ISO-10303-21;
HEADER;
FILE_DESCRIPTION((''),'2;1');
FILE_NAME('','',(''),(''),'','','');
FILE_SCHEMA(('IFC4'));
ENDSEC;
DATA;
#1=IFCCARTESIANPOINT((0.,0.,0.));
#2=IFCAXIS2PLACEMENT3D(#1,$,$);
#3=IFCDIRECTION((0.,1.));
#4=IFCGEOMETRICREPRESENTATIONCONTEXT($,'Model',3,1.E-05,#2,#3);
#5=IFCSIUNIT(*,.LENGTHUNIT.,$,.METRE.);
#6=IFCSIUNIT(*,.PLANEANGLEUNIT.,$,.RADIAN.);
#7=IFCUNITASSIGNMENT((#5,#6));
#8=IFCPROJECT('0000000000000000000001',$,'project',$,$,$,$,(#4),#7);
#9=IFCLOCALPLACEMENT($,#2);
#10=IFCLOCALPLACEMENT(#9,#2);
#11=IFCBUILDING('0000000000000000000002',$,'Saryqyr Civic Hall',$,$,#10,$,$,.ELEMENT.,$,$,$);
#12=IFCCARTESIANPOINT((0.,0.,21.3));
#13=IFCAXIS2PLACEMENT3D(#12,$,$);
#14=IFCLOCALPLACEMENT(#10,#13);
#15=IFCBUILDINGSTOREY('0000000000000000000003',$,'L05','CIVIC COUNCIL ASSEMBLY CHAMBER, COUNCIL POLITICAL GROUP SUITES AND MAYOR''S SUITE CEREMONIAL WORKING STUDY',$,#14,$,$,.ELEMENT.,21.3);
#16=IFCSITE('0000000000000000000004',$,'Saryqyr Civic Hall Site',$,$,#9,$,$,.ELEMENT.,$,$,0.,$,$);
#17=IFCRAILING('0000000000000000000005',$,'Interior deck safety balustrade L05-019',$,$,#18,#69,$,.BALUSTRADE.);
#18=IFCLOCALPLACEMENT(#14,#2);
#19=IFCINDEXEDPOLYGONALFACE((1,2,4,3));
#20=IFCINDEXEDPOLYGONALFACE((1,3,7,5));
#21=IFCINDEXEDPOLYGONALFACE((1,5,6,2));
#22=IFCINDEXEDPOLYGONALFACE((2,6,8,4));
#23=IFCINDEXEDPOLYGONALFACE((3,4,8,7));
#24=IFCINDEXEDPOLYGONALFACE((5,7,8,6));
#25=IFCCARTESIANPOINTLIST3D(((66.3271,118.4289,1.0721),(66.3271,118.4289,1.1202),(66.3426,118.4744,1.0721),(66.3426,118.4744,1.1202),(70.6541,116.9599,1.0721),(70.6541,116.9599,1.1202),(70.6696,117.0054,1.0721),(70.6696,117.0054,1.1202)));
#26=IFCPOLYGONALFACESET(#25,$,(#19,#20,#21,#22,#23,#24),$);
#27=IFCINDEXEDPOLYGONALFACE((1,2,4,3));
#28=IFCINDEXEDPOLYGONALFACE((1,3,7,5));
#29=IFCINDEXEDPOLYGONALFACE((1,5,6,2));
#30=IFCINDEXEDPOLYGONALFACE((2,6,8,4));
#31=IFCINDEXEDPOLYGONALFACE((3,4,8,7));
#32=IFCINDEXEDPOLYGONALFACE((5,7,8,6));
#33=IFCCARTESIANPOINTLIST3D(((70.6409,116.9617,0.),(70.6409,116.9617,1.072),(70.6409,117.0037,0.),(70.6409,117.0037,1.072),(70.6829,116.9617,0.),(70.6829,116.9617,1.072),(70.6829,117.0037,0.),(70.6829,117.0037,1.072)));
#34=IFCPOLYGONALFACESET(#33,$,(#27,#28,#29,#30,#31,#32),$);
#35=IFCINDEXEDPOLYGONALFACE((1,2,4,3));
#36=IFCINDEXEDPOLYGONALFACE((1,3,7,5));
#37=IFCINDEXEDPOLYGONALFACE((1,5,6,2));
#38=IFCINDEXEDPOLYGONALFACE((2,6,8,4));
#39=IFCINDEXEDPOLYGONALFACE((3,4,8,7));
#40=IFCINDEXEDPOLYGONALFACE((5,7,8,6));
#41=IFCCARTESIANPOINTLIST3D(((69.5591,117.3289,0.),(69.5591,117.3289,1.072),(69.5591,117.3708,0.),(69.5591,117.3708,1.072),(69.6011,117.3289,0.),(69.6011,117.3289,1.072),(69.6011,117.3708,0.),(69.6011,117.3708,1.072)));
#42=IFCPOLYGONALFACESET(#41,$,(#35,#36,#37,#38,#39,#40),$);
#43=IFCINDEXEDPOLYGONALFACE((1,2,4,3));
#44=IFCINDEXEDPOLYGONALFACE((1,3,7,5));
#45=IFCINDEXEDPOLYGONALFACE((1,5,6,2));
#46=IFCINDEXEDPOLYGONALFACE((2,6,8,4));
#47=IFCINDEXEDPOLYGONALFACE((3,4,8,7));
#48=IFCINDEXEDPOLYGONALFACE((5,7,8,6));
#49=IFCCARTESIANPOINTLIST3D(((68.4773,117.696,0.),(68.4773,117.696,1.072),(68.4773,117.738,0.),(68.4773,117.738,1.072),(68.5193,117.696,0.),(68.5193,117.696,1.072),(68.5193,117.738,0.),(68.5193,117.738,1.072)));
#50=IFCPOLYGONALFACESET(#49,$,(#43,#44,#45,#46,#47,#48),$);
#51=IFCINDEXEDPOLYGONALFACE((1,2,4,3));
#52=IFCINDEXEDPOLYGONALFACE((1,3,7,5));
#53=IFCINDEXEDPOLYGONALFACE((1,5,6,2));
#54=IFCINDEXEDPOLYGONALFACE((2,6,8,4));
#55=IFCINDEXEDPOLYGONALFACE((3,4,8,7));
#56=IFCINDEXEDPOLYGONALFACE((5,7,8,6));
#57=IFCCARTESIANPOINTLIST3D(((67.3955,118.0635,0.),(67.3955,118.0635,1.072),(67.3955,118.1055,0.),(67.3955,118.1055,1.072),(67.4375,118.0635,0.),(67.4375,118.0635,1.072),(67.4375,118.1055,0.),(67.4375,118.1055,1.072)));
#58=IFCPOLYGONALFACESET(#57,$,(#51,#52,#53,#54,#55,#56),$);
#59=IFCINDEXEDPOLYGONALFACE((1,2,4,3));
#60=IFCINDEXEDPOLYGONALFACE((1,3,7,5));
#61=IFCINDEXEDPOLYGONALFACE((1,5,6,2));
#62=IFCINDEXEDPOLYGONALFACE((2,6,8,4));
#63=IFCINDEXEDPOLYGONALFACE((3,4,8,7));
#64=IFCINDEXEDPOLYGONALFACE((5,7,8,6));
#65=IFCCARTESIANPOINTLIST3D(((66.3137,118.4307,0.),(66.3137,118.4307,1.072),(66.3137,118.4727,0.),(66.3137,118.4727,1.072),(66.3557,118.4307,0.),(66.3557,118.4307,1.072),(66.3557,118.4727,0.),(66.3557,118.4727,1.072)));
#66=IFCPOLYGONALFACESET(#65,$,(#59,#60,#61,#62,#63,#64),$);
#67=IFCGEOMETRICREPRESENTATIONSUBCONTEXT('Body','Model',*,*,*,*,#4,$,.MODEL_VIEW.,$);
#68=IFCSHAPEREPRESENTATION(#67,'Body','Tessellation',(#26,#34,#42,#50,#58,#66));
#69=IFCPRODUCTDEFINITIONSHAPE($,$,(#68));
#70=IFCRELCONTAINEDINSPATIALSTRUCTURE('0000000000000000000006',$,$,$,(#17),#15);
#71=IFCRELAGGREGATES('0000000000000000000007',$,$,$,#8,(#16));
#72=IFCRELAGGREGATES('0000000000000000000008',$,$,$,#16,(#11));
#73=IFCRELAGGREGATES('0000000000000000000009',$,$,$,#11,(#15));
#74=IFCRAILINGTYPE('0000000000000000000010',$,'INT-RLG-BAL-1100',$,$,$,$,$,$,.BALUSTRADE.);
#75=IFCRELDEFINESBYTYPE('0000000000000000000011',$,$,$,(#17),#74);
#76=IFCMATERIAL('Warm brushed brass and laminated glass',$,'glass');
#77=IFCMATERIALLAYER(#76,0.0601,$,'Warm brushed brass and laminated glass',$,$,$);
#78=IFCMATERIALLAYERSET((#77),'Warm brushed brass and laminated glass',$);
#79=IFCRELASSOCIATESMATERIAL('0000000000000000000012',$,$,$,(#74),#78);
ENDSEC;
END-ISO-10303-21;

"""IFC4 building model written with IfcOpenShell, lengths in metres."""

from ifc_helpers import new_model, si_unit, direction, frame, origin, origin_2d, place, context, subcontext, project, spatial, rectangle, extrude, material, layer, layer_set, type_object, element, save


model = new_model("IFC4")

# Units and contexts
model_context = context("Model", 3, precision=1e-05, world=origin(), true_north=direction((0.0, 1.0)))
body_context = subcontext(model_context, "Body", "Model", "MODEL_VIEW")
ifc_project = project(units=[si_unit("LENGTHUNIT", "METRE"), si_unit("PLANEANGLEUNIT", "RADIAN")], contexts=[model_context])

# Site, building, storey
site_placement = place(None, origin())
site = spatial("IfcSite", under=ifc_project, at=site_placement, Name="Saryqyr Civic Hall Site", CompositionType="ELEMENT", RefElevation=0.0)
building_placement = place(site_placement, origin())
building = spatial("IfcBuilding", under=site, at=building_placement, Name="Saryqyr Civic Hall", CompositionType="ELEMENT")
storey_placement = place(building_placement, frame((0.0, 0.0, 21.3)))
storey = spatial("IfcBuildingStorey", under=building, at=storey_placement, Name="L05", Description="CIVIC COUNCIL ASSEMBLY CHAMBER, COUNCIL POLITICAL GROUP SUITES AND MAYOR'S SUITE CEREMONIAL WORKING STUDY", CompositionType="ELEMENT", Elevation=21.3)

# Railing
ifc_material_1 = material(Name="Warm brushed brass and laminated glass", Category="glass")
ifc_layer_1 = layer(ifc_material_1, 0.0601, Name="Warm brushed brass and laminated glass")
ifc_layer_set_1 = layer_set([ifc_layer_1], Name="Warm brushed brass and laminated glass")
railing_type = type_object("IfcRailingType", Name="INT-RLG-BAL-1100", PredefinedType="BALUSTRADE", material=ifc_layer_set_1)
railing_1_placement = place(storey_placement, frame((70.6619, 116.9827, 0.0)))
element("IfcRailing", 1, at=railing_1_placement, inside=storey, type_object=railing_type, Name="Interior deck safety balustrade L05-019", PredefinedType="BALUSTRADE", context=body_context, shape_type="SweptSolid", body=[
    extrude(rectangle(XDim=0.0481, YDim=0.0481, at=origin_2d()), frame((0.0, 0.0, 1.0962), z_axis=(-0.946922, 0.321464, 0.0), x_axis=(-0.321464, -0.946922, 0.0)), (0.0, 0.0, 1.0), 4.5696),
    extrude(rectangle(XDim=0.042, YDim=0.042, at=origin_2d()), origin(), (0.0, 0.0, 1.0), 1.072),
    extrude(rectangle(XDim=0.042, YDim=0.042, at=origin_2d()), frame((-1.0818, 0.3672, 0.0)), (0.0, 0.0, 1.0), 1.072),
    extrude(rectangle(XDim=0.042, YDim=0.042, at=origin_2d()), frame((-2.1636, 0.7344, 0.0)), (0.0, 0.0, 1.0), 1.072),
    extrude(rectangle(XDim=0.042, YDim=0.042, at=origin_2d()), frame((-3.2454, 1.1018, 0.0)), (0.0, 0.0, 1.0), 1.072),
    extrude(rectangle(XDim=0.042, YDim=0.042, at=origin_2d()), frame((-4.3271, 1.469, 0.0)), (0.0, 0.0, 1.0), 1.072),
])

save(model, "model.ifc")
